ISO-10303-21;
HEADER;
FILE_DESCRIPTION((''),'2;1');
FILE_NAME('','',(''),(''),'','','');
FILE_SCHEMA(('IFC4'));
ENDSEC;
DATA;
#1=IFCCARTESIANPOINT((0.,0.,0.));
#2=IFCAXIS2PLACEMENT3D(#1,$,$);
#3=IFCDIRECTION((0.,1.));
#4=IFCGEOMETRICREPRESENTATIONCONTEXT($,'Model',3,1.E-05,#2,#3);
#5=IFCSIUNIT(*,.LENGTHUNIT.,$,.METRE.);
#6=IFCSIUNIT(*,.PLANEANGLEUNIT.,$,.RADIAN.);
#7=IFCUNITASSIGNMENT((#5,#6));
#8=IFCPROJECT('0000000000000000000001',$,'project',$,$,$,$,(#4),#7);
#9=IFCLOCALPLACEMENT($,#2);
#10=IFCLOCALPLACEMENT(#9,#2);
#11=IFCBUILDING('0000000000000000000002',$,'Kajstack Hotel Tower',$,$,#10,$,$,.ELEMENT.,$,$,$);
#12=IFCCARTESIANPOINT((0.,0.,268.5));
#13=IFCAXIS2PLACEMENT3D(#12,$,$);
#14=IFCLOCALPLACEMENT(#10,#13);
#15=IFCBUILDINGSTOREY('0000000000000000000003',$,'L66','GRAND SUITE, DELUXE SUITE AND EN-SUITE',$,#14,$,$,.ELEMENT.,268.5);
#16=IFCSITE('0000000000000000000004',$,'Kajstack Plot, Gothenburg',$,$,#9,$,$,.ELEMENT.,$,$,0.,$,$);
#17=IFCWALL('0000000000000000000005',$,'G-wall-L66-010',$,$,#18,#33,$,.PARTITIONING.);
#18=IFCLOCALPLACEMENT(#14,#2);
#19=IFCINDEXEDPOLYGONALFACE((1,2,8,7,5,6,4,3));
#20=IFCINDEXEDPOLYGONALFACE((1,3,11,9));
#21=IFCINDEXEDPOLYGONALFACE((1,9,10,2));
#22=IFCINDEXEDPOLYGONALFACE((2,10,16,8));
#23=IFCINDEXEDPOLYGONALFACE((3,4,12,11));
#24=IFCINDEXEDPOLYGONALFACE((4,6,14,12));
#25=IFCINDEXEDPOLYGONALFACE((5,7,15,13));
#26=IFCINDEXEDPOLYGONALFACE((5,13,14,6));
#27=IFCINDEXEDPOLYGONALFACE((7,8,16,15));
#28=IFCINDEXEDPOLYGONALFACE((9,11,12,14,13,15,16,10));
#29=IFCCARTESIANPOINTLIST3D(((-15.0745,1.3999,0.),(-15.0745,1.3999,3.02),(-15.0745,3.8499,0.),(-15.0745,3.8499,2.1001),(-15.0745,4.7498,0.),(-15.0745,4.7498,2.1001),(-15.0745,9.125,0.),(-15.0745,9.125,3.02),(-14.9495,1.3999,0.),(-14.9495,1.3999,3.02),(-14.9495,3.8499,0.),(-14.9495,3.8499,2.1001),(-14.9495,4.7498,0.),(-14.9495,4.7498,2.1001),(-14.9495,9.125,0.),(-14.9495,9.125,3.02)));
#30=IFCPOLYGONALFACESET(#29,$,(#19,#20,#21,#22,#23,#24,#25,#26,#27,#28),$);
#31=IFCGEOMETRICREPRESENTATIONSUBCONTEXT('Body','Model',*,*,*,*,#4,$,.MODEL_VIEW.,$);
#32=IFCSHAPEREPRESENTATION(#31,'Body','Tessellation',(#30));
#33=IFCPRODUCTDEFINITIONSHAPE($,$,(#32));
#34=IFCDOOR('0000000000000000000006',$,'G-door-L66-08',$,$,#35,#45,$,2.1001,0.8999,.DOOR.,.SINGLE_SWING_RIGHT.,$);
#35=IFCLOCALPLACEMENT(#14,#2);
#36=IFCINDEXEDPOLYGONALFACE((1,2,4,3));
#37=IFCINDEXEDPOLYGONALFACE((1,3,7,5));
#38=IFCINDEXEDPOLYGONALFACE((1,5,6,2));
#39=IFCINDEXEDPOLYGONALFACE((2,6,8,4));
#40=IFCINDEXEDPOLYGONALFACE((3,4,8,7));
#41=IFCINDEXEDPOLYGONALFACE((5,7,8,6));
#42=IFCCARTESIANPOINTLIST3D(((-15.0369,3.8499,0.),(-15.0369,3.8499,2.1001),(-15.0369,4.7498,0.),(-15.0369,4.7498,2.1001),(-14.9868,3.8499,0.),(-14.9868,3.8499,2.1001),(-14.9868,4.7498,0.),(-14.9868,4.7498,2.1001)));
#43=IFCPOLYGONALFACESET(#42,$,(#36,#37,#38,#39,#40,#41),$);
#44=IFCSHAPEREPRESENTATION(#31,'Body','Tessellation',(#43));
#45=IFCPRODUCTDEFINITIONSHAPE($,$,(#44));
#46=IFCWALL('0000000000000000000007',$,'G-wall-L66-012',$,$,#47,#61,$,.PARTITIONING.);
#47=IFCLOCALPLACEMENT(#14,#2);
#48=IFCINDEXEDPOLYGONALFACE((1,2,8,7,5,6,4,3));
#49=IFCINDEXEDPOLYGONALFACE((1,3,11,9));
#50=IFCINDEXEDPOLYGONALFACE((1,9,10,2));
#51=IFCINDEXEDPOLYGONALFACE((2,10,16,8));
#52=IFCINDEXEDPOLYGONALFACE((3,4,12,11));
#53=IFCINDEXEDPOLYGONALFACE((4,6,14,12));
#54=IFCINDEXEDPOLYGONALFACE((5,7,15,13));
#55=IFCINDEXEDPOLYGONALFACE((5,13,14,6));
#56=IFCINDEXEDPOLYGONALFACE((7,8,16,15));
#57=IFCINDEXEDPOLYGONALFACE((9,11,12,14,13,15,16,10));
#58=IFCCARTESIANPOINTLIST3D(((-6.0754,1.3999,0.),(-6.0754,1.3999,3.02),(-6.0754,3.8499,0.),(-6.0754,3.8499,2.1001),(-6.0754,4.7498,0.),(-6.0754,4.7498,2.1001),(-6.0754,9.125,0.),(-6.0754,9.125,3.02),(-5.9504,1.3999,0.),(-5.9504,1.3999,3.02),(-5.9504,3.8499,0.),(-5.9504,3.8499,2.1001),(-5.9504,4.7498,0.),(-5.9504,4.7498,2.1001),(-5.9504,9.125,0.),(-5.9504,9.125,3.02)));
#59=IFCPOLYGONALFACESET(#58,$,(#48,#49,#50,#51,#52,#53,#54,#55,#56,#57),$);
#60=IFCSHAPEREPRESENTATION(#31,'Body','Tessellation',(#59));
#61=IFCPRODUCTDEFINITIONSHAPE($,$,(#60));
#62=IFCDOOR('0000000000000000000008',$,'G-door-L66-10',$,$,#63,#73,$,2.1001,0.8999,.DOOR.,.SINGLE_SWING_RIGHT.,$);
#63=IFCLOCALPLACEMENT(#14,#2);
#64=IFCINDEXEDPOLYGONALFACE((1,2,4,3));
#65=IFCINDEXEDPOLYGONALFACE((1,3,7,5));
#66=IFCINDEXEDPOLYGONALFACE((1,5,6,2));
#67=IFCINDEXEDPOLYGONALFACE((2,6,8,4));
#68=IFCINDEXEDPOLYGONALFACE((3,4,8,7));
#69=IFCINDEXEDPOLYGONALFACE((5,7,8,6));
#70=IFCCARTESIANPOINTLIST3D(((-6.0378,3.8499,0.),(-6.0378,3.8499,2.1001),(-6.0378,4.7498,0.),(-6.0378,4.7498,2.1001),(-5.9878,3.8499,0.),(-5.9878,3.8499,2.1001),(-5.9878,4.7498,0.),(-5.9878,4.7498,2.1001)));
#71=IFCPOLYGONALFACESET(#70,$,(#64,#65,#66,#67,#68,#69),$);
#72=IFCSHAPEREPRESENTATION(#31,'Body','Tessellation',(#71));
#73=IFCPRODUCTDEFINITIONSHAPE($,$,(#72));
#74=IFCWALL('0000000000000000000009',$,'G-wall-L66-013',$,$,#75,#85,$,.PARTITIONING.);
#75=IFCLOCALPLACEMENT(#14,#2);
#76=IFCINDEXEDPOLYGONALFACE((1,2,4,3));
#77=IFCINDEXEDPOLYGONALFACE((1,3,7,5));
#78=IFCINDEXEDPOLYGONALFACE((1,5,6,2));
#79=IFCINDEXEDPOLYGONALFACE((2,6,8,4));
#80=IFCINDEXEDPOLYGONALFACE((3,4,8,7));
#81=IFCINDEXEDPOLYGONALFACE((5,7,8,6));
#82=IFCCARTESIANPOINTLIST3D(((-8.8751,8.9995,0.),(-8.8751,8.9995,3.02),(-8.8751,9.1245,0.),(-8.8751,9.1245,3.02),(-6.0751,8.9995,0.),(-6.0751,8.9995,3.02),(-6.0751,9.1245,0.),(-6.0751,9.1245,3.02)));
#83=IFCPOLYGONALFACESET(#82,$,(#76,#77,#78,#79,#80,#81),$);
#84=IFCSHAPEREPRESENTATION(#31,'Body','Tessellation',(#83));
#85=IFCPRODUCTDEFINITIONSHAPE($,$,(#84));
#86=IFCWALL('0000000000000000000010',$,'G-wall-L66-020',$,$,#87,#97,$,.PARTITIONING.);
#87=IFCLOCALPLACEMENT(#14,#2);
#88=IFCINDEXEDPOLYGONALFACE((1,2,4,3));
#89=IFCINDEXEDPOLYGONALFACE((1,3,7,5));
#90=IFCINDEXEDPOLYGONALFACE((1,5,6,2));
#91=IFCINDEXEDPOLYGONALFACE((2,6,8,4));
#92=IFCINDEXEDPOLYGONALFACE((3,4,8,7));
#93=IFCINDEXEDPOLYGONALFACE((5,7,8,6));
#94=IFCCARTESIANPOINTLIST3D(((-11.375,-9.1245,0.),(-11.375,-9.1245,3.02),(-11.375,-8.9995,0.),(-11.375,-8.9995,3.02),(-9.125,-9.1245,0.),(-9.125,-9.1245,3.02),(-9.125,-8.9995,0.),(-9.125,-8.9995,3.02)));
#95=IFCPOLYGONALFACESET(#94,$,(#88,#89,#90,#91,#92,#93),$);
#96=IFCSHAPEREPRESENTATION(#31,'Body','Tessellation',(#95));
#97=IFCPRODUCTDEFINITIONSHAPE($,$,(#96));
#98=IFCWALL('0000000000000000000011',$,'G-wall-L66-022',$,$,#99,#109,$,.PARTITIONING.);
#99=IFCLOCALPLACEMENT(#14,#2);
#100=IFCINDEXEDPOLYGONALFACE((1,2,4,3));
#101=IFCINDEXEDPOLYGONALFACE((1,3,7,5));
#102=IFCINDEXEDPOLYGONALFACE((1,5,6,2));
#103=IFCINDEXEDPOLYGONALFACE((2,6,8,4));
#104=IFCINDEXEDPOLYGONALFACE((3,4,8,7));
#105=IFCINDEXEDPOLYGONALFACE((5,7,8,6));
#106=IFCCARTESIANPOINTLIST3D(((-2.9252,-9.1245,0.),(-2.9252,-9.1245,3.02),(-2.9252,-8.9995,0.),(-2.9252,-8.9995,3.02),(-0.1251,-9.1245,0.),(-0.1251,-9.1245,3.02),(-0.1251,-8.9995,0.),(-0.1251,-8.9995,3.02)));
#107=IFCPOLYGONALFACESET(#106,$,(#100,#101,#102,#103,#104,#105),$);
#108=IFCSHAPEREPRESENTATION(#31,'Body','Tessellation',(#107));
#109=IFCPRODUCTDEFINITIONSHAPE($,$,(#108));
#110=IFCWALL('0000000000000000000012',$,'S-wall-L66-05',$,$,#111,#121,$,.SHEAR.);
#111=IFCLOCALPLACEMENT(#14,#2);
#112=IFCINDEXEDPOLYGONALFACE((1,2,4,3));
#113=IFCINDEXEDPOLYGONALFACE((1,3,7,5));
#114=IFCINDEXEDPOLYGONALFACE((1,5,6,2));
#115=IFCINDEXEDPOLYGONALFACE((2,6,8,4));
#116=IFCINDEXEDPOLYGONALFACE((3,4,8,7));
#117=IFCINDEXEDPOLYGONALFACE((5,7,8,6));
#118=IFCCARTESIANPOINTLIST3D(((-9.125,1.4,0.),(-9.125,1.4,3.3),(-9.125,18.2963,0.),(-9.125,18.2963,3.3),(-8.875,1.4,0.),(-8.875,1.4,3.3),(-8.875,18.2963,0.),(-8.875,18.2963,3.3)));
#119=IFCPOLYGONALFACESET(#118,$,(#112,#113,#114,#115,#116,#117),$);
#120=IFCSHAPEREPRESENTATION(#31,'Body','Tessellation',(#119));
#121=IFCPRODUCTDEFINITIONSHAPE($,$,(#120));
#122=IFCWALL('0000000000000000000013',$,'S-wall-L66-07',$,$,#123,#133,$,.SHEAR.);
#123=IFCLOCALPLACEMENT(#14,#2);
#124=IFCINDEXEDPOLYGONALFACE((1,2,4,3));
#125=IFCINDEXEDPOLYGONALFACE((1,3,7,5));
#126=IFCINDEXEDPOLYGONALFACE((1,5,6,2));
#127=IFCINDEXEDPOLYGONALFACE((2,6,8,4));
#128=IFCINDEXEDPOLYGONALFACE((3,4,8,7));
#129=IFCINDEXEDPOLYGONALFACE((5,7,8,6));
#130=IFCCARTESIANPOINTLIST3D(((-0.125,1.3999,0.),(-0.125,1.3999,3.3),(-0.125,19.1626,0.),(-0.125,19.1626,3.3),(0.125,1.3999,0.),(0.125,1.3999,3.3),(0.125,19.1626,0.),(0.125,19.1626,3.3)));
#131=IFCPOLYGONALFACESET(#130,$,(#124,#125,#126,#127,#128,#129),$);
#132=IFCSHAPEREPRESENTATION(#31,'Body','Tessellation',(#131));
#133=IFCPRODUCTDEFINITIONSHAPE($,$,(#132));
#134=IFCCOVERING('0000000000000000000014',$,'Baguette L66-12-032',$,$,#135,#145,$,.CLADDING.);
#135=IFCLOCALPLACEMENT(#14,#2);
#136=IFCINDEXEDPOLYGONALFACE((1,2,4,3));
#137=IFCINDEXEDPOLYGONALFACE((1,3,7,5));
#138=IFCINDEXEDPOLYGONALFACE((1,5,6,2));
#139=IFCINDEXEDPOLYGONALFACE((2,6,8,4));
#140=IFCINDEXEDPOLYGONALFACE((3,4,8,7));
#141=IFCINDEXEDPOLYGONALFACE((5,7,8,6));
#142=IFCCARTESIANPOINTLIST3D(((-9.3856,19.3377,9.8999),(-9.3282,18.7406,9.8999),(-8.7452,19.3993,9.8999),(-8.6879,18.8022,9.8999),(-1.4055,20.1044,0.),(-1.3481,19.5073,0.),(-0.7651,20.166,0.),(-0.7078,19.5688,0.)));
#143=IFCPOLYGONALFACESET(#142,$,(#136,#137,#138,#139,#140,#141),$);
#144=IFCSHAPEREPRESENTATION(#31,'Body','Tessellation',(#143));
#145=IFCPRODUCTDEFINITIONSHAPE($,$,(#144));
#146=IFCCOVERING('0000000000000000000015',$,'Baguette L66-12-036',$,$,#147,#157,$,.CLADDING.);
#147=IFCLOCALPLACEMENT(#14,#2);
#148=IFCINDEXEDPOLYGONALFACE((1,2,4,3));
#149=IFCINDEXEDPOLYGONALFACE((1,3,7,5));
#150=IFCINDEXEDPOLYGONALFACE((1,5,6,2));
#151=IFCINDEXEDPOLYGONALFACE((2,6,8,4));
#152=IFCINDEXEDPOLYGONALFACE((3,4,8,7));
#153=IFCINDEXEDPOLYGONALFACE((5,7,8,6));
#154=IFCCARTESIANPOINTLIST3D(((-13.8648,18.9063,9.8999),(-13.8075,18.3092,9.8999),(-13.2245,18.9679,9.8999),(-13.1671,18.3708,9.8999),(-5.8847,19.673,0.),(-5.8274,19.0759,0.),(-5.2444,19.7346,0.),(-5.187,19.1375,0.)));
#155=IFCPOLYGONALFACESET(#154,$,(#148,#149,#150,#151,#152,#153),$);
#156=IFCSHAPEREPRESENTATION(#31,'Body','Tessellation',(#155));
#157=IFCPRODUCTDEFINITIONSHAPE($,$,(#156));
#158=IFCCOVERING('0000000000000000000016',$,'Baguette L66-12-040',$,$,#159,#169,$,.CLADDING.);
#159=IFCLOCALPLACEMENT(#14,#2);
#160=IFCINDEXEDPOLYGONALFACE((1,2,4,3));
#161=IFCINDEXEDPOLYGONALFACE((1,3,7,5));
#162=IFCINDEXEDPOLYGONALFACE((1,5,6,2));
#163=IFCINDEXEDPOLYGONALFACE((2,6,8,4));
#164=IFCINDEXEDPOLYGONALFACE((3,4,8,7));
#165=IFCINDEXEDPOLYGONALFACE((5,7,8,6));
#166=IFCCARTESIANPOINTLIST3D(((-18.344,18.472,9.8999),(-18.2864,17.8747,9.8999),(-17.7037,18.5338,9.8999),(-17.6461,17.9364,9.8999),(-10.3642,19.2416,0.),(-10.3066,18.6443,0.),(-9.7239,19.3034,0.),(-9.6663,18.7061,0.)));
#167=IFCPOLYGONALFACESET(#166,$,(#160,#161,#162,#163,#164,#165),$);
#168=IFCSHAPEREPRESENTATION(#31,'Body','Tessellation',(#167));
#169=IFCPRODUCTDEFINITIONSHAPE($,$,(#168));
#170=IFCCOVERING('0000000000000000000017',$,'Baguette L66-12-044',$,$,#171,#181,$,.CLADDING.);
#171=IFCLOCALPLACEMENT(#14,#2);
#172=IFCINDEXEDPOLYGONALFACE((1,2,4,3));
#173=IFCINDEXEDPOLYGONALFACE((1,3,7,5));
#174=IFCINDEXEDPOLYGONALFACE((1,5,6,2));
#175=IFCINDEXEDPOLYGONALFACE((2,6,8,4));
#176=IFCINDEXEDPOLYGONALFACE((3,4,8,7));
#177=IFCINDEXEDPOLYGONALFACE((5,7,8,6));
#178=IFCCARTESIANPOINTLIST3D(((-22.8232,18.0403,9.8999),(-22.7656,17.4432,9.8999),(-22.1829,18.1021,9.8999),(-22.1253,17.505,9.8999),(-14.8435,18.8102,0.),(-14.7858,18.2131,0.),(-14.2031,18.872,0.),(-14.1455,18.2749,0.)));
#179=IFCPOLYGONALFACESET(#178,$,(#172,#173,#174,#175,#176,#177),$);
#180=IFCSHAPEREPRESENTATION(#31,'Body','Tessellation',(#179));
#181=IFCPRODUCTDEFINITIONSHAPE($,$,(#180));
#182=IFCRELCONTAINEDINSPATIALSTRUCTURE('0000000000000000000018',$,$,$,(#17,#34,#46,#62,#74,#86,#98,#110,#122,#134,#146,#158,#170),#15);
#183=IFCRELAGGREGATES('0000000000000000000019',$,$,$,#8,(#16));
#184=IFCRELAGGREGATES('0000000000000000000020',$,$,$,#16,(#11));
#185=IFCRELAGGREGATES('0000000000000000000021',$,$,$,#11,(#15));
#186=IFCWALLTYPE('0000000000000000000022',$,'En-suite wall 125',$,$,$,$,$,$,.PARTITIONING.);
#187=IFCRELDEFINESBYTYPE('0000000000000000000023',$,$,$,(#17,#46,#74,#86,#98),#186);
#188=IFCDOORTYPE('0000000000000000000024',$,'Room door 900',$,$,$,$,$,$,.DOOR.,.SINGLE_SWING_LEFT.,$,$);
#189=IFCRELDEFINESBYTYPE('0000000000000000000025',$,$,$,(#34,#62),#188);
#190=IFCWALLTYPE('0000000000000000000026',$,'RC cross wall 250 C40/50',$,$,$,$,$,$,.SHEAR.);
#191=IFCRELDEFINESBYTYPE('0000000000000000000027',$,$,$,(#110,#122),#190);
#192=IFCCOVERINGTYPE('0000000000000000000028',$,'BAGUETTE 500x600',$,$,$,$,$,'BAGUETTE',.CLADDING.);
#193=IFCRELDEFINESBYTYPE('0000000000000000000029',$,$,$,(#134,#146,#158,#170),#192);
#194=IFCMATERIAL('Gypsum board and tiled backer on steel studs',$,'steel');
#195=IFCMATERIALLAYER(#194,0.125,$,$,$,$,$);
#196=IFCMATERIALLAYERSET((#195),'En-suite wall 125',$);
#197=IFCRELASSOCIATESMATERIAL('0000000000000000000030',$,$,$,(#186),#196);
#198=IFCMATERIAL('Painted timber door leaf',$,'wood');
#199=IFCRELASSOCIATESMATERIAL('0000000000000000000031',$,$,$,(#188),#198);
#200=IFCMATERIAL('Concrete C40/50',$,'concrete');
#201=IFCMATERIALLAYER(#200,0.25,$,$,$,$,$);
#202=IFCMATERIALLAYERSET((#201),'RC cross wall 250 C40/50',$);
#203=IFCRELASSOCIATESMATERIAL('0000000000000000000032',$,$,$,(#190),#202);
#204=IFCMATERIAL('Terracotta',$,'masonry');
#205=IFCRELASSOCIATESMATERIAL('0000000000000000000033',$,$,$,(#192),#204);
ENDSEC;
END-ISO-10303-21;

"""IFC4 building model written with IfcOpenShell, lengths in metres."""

from ifc_helpers import new_model, si_unit, direction, frame, frame_2d, origin, origin_2d, place, context, subcontext, project, spatial, polyline, rectangle, outline, extrude, material, layer, layer_set, material_profile, profile_set, type_object, element, fill, save


model = new_model("IFC4")

# Units and contexts
model_context = context("Model", 3, precision=1e-05, world=origin(), true_north=direction((0.0, 1.0)))
body_context = subcontext(model_context, "Body", "Model", "MODEL_VIEW")
ifc_project = project(units=[si_unit("LENGTHUNIT", "METRE"), si_unit("PLANEANGLEUNIT", "RADIAN")], contexts=[model_context])

# Site, building, storey
site_placement = place(None, origin())
site = spatial("IfcSite", under=ifc_project, at=site_placement, Name="Kajstack Plot, Gothenburg", CompositionType="ELEMENT", RefElevation=0.0)
building_placement = place(site_placement, origin())
building = spatial("IfcBuilding", under=site, at=building_placement, Name="Kajstack Hotel Tower", CompositionType="ELEMENT")
storey_placement = place(building_placement, frame((0.0, 0.0, 268.5)))
storey = spatial("IfcBuildingStorey", under=building, at=storey_placement, Name="L66", Description="GRAND SUITE, DELUXE SUITE AND EN-SUITE", CompositionType="ELEMENT", Elevation=268.5)

# Walls, openings, doors
ifc_material_1 = material(Name="Gypsum board and tiled backer on steel studs", Category="steel")
ifc_layer_1 = layer(ifc_material_1, 0.125)
ifc_layer_set_1 = layer_set([ifc_layer_1], Name="En-suite wall 125")
wall_type_1 = type_object("IfcWallType", Name="En-suite wall 125", PredefinedType="PARTITIONING", material=ifc_layer_set_1)
wall_1_placement = place(storey_placement, frame((-15.012, 1.3999, 0.0), z_axis=(0.0, 0.0, 1.0), x_axis=(0.0, 1.0, 0.0)))
wall_1 = element("IfcWall", 1, at=wall_1_placement, inside=storey, type_object=wall_type_1, Name="G-wall-L66-010", PredefinedType="PARTITIONING", context=body_context, shape_type="SweptSolid", body=[
    extrude(rectangle(XDim=7.7251, YDim=0.125, at=frame_2d((3.8625, 0.0))), origin(), (0.0, 0.0, 1.0), 3.02),
])
opening_1_placement = place(wall_1_placement, frame((2.45, 0.0, 0.0)))
opening_1 = element("IfcOpeningElement", 2, at=opening_1_placement, cuts=wall_1, PredefinedType="OPENING", context=body_context, shape_type="SweptSolid", body=[
    extrude(rectangle(XDim=0.8999, YDim=2.1001, at=frame_2d((0.45, 1.05))), frame((0.0, 0.0725, 0.0), z_axis=(0.0, -1.0, 0.0), x_axis=(1.0, 0.0, 0.0)), (0.0, 0.0, 1.0), 0.145),
])
ifc_material_2 = material(Name="Painted timber door leaf", Category="wood")
door_type_1 = type_object("IfcDoorType", Name="Room door 900", OperationType="SINGLE_SWING_LEFT", PredefinedType="DOOR", material=ifc_material_2)
door_1_placement = place(opening_1_placement, origin())
door_1 = element("IfcDoor", 3, at=door_1_placement, inside=storey, type_object=door_type_1, Name="G-door-L66-08", OperationType="SINGLE_SWING_RIGHT", OverallHeight=2.1001, OverallWidth=0.8999, PredefinedType="DOOR", context=body_context, shape_type="SweptSolid", body=[
    extrude(rectangle(XDim=0.8999, YDim=2.1001, at=frame_2d((0.45, 1.05))), frame((0.0, 0.0249, 0.0), z_axis=(0.0, -1.0, 0.0), x_axis=(1.0, 0.0, 0.0)), (0.0, 0.0, 1.0), 0.05),
])
fill(opening_1, door_1)
wall_2_placement = place(storey_placement, frame((-6.0129, 1.3999, 0.0), z_axis=(0.0, 0.0, 1.0), x_axis=(0.0, 1.0, 0.0)))
wall_2 = element("IfcWall", 4, at=wall_2_placement, inside=storey, type_object=wall_type_1, Name="G-wall-L66-012", PredefinedType="PARTITIONING", context=body_context, shape_type="SweptSolid", body=[
    extrude(rectangle(XDim=7.7251, YDim=0.125, at=frame_2d((3.8625, 0.0))), origin(), (0.0, 0.0, 1.0), 3.02),
])
opening_2_placement = place(wall_2_placement, frame((2.45, 0.0, 0.0)))
opening_2 = element("IfcOpeningElement", 5, at=opening_2_placement, cuts=wall_2, PredefinedType="OPENING", context=body_context, shape_type="SweptSolid", body=[
    extrude(rectangle(XDim=0.8999, YDim=2.1001, at=frame_2d((0.45, 1.05))), frame((0.0, 0.0725, 0.0), z_axis=(0.0, -1.0, 0.0), x_axis=(1.0, 0.0, 0.0)), (0.0, 0.0, 1.0), 0.145),
])
door_2_placement = place(opening_2_placement, origin())
door_2 = element("IfcDoor", 6, at=door_2_placement, inside=storey, type_object=door_type_1, Name="G-door-L66-10", OperationType="SINGLE_SWING_RIGHT", OverallHeight=2.1001, OverallWidth=0.8999, PredefinedType="DOOR", context=body_context, shape_type="SweptSolid", body=[
    extrude(rectangle(XDim=0.8999, YDim=2.1001, at=frame_2d((0.45, 1.05))), frame((0.0, 0.0249, 0.0), z_axis=(0.0, -1.0, 0.0), x_axis=(1.0, 0.0, 0.0)), (0.0, 0.0, 1.0), 0.05),
])
fill(opening_2, door_2)

# Walls
wall_3_placement = place(storey_placement, frame((-8.875, 9.062, 0.0), z_axis=(0.0, 0.0, 1.0), x_axis=(1.0, 0.0, 0.0)))
element("IfcWall", 7, at=wall_3_placement, inside=storey, type_object=wall_type_1, Name="G-wall-L66-013", PredefinedType="PARTITIONING", context=body_context, shape_type="SweptSolid", body=[
    extrude(rectangle(XDim=2.8, YDim=0.125, at=frame_2d((1.3999, 0.0))), origin(), (0.0, 0.0, 1.0), 3.02),
])
wall_4_placement = place(storey_placement, frame((-11.375, -9.062, 0.0), z_axis=(0.0, 0.0, 1.0), x_axis=(1.0, 0.0, 0.0)))
element("IfcWall", 8, at=wall_4_placement, inside=storey, type_object=wall_type_1, Name="G-wall-L66-020", PredefinedType="PARTITIONING", context=body_context, shape_type="SweptSolid", body=[
    extrude(rectangle(XDim=2.25, YDim=0.125, at=frame_2d((1.125, 0.0))), origin(), (0.0, 0.0, 1.0), 3.02),
])
wall_5_placement = place(storey_placement, frame((-2.925, -9.062, 0.0), z_axis=(0.0, 0.0, 1.0), x_axis=(1.0, 0.0, 0.0)))
element("IfcWall", 9, at=wall_5_placement, inside=storey, type_object=wall_type_1, Name="G-wall-L66-022", PredefinedType="PARTITIONING", context=body_context, shape_type="SweptSolid", body=[
    extrude(rectangle(XDim=2.8, YDim=0.125, at=frame_2d((1.3999, 0.0))), origin(), (0.0, 0.0, 1.0), 3.02),
])
ifc_material_3 = material(Name="Concrete C40/50", Category="concrete")
ifc_layer_2 = layer(ifc_material_3, 0.25)
ifc_layer_set_2 = layer_set([ifc_layer_2], Name="RC cross wall 250 C40/50")
wall_type_2 = type_object("IfcWallType", Name="RC cross wall 250 C40/50", PredefinedType="SHEAR", material=ifc_layer_set_2)
wall_6_placement = place(storey_placement, frame((-9.0, 1.3999, 0.0), z_axis=(0.0, 0.0, 1.0), x_axis=(0.0, 1.0, 0.0)))
element("IfcWall", 10, at=wall_6_placement, inside=storey, type_object=wall_type_2, Name="S-wall-L66-05", PredefinedType="SHEAR", context=body_context, shape_type="SweptSolid", body=[
    extrude(rectangle(XDim=16.8962, YDim=0.25, at=frame_2d((8.4482, 0.0))), origin(), (0.0, 0.0, 1.0), 3.3),
])
wall_7_placement = place(storey_placement, frame((0.0, 1.3999, 0.0), z_axis=(0.0, 0.0, 1.0), x_axis=(0.0, 1.0, 0.0)))
element("IfcWall", 11, at=wall_7_placement, inside=storey, type_object=wall_type_2, Name="S-wall-L66-07", PredefinedType="SHEAR", context=body_context, shape_type="SweptSolid", body=[
    extrude(rectangle(XDim=17.7627, YDim=0.25, at=frame_2d((8.8813, 0.0))), origin(), (0.0, 0.0, 1.0), 3.3),
])

# Coverings
ifc_material_4 = material(Name="Terracotta", Category="masonry")
ifc_material_profile = material_profile(ifc_material_4, rectangle(XDim=0.6001, YDim=0.5, at=origin_2d()), Name="Terracotta-clad concrete baguette 500 x 600")
ifc_profile_set = profile_set([ifc_material_profile], Name="Terracotta")
covering_type = type_object("IfcCoveringType", Name="BAGUETTE 500x600", ElementType="BAGUETTE", PredefinedType="CLADDING", material=ifc_profile_set)
for number, where, z_axis, x_axis, name in (
    (12, (-0.7078, 19.5688, 0.0), (-0.095635, 0.995416, 0.0), (-0.995416, -0.095635, 0.0), "Baguette L66-12-032"),
    (13, (-5.187, 19.1375, 0.0), (-0.095635, 0.995416, 0.0), (-0.995416, -0.095635, 0.0), "Baguette L66-12-036"),
):
    element("IfcCovering", number, at=place(storey_placement, frame(where, z_axis=z_axis, x_axis=x_axis)), inside=storey, type_object=covering_type, Name=name, PredefinedType="CLADDING", context=body_context, shape_type="SweptSolid", body=[
        extrude(outline(polyline([(8.0168, 9.8999), (0.0, 0.0), (0.6433, 0.0), (8.6602, 9.8999), (8.0168, 9.8999)])), origin(), (0.0, 0.0, 1.0), 0.5999),
    ])
covering_1_placement = place(storey_placement, frame((-9.6663, 18.7061, 0.0), z_axis=(-0.095999, 0.995381, 0.0), x_axis=(-0.995381, -0.095999, 0.0)))
element("IfcCovering", 14, at=covering_1_placement, inside=storey, type_object=covering_type, Name="Baguette L66-12-040", PredefinedType="CLADDING", context=body_context, shape_type="SweptSolid", body=[
    extrude(outline(polyline([(8.0168, 9.8999), (0.0, 0.0), (0.6433, 0.0), (8.6602, 9.8999), (8.0168, 9.8999)])), origin(), (0.0, 0.0, 1.0), 0.6001),
])
covering_2_placement = place(storey_placement, frame((-14.1455, 18.2749, 0.0), z_axis=(-0.096038, 0.995378, 0.0), x_axis=(-0.995378, -0.096038, 0.0)))
element("IfcCovering", 15, at=covering_2_placement, inside=storey, type_object=covering_type, Name="Baguette L66-12-044", PredefinedType="CLADDING", context=body_context, shape_type="SweptSolid", body=[
    extrude(outline(polyline([(8.0168, 9.8999), (0.0, 0.0), (0.6433, 0.0), (8.6602, 9.8999), (8.0168, 9.8999)])), origin(), (0.0, 0.0, 1.0), 0.5999),
])

save(model, "model.ifc")
